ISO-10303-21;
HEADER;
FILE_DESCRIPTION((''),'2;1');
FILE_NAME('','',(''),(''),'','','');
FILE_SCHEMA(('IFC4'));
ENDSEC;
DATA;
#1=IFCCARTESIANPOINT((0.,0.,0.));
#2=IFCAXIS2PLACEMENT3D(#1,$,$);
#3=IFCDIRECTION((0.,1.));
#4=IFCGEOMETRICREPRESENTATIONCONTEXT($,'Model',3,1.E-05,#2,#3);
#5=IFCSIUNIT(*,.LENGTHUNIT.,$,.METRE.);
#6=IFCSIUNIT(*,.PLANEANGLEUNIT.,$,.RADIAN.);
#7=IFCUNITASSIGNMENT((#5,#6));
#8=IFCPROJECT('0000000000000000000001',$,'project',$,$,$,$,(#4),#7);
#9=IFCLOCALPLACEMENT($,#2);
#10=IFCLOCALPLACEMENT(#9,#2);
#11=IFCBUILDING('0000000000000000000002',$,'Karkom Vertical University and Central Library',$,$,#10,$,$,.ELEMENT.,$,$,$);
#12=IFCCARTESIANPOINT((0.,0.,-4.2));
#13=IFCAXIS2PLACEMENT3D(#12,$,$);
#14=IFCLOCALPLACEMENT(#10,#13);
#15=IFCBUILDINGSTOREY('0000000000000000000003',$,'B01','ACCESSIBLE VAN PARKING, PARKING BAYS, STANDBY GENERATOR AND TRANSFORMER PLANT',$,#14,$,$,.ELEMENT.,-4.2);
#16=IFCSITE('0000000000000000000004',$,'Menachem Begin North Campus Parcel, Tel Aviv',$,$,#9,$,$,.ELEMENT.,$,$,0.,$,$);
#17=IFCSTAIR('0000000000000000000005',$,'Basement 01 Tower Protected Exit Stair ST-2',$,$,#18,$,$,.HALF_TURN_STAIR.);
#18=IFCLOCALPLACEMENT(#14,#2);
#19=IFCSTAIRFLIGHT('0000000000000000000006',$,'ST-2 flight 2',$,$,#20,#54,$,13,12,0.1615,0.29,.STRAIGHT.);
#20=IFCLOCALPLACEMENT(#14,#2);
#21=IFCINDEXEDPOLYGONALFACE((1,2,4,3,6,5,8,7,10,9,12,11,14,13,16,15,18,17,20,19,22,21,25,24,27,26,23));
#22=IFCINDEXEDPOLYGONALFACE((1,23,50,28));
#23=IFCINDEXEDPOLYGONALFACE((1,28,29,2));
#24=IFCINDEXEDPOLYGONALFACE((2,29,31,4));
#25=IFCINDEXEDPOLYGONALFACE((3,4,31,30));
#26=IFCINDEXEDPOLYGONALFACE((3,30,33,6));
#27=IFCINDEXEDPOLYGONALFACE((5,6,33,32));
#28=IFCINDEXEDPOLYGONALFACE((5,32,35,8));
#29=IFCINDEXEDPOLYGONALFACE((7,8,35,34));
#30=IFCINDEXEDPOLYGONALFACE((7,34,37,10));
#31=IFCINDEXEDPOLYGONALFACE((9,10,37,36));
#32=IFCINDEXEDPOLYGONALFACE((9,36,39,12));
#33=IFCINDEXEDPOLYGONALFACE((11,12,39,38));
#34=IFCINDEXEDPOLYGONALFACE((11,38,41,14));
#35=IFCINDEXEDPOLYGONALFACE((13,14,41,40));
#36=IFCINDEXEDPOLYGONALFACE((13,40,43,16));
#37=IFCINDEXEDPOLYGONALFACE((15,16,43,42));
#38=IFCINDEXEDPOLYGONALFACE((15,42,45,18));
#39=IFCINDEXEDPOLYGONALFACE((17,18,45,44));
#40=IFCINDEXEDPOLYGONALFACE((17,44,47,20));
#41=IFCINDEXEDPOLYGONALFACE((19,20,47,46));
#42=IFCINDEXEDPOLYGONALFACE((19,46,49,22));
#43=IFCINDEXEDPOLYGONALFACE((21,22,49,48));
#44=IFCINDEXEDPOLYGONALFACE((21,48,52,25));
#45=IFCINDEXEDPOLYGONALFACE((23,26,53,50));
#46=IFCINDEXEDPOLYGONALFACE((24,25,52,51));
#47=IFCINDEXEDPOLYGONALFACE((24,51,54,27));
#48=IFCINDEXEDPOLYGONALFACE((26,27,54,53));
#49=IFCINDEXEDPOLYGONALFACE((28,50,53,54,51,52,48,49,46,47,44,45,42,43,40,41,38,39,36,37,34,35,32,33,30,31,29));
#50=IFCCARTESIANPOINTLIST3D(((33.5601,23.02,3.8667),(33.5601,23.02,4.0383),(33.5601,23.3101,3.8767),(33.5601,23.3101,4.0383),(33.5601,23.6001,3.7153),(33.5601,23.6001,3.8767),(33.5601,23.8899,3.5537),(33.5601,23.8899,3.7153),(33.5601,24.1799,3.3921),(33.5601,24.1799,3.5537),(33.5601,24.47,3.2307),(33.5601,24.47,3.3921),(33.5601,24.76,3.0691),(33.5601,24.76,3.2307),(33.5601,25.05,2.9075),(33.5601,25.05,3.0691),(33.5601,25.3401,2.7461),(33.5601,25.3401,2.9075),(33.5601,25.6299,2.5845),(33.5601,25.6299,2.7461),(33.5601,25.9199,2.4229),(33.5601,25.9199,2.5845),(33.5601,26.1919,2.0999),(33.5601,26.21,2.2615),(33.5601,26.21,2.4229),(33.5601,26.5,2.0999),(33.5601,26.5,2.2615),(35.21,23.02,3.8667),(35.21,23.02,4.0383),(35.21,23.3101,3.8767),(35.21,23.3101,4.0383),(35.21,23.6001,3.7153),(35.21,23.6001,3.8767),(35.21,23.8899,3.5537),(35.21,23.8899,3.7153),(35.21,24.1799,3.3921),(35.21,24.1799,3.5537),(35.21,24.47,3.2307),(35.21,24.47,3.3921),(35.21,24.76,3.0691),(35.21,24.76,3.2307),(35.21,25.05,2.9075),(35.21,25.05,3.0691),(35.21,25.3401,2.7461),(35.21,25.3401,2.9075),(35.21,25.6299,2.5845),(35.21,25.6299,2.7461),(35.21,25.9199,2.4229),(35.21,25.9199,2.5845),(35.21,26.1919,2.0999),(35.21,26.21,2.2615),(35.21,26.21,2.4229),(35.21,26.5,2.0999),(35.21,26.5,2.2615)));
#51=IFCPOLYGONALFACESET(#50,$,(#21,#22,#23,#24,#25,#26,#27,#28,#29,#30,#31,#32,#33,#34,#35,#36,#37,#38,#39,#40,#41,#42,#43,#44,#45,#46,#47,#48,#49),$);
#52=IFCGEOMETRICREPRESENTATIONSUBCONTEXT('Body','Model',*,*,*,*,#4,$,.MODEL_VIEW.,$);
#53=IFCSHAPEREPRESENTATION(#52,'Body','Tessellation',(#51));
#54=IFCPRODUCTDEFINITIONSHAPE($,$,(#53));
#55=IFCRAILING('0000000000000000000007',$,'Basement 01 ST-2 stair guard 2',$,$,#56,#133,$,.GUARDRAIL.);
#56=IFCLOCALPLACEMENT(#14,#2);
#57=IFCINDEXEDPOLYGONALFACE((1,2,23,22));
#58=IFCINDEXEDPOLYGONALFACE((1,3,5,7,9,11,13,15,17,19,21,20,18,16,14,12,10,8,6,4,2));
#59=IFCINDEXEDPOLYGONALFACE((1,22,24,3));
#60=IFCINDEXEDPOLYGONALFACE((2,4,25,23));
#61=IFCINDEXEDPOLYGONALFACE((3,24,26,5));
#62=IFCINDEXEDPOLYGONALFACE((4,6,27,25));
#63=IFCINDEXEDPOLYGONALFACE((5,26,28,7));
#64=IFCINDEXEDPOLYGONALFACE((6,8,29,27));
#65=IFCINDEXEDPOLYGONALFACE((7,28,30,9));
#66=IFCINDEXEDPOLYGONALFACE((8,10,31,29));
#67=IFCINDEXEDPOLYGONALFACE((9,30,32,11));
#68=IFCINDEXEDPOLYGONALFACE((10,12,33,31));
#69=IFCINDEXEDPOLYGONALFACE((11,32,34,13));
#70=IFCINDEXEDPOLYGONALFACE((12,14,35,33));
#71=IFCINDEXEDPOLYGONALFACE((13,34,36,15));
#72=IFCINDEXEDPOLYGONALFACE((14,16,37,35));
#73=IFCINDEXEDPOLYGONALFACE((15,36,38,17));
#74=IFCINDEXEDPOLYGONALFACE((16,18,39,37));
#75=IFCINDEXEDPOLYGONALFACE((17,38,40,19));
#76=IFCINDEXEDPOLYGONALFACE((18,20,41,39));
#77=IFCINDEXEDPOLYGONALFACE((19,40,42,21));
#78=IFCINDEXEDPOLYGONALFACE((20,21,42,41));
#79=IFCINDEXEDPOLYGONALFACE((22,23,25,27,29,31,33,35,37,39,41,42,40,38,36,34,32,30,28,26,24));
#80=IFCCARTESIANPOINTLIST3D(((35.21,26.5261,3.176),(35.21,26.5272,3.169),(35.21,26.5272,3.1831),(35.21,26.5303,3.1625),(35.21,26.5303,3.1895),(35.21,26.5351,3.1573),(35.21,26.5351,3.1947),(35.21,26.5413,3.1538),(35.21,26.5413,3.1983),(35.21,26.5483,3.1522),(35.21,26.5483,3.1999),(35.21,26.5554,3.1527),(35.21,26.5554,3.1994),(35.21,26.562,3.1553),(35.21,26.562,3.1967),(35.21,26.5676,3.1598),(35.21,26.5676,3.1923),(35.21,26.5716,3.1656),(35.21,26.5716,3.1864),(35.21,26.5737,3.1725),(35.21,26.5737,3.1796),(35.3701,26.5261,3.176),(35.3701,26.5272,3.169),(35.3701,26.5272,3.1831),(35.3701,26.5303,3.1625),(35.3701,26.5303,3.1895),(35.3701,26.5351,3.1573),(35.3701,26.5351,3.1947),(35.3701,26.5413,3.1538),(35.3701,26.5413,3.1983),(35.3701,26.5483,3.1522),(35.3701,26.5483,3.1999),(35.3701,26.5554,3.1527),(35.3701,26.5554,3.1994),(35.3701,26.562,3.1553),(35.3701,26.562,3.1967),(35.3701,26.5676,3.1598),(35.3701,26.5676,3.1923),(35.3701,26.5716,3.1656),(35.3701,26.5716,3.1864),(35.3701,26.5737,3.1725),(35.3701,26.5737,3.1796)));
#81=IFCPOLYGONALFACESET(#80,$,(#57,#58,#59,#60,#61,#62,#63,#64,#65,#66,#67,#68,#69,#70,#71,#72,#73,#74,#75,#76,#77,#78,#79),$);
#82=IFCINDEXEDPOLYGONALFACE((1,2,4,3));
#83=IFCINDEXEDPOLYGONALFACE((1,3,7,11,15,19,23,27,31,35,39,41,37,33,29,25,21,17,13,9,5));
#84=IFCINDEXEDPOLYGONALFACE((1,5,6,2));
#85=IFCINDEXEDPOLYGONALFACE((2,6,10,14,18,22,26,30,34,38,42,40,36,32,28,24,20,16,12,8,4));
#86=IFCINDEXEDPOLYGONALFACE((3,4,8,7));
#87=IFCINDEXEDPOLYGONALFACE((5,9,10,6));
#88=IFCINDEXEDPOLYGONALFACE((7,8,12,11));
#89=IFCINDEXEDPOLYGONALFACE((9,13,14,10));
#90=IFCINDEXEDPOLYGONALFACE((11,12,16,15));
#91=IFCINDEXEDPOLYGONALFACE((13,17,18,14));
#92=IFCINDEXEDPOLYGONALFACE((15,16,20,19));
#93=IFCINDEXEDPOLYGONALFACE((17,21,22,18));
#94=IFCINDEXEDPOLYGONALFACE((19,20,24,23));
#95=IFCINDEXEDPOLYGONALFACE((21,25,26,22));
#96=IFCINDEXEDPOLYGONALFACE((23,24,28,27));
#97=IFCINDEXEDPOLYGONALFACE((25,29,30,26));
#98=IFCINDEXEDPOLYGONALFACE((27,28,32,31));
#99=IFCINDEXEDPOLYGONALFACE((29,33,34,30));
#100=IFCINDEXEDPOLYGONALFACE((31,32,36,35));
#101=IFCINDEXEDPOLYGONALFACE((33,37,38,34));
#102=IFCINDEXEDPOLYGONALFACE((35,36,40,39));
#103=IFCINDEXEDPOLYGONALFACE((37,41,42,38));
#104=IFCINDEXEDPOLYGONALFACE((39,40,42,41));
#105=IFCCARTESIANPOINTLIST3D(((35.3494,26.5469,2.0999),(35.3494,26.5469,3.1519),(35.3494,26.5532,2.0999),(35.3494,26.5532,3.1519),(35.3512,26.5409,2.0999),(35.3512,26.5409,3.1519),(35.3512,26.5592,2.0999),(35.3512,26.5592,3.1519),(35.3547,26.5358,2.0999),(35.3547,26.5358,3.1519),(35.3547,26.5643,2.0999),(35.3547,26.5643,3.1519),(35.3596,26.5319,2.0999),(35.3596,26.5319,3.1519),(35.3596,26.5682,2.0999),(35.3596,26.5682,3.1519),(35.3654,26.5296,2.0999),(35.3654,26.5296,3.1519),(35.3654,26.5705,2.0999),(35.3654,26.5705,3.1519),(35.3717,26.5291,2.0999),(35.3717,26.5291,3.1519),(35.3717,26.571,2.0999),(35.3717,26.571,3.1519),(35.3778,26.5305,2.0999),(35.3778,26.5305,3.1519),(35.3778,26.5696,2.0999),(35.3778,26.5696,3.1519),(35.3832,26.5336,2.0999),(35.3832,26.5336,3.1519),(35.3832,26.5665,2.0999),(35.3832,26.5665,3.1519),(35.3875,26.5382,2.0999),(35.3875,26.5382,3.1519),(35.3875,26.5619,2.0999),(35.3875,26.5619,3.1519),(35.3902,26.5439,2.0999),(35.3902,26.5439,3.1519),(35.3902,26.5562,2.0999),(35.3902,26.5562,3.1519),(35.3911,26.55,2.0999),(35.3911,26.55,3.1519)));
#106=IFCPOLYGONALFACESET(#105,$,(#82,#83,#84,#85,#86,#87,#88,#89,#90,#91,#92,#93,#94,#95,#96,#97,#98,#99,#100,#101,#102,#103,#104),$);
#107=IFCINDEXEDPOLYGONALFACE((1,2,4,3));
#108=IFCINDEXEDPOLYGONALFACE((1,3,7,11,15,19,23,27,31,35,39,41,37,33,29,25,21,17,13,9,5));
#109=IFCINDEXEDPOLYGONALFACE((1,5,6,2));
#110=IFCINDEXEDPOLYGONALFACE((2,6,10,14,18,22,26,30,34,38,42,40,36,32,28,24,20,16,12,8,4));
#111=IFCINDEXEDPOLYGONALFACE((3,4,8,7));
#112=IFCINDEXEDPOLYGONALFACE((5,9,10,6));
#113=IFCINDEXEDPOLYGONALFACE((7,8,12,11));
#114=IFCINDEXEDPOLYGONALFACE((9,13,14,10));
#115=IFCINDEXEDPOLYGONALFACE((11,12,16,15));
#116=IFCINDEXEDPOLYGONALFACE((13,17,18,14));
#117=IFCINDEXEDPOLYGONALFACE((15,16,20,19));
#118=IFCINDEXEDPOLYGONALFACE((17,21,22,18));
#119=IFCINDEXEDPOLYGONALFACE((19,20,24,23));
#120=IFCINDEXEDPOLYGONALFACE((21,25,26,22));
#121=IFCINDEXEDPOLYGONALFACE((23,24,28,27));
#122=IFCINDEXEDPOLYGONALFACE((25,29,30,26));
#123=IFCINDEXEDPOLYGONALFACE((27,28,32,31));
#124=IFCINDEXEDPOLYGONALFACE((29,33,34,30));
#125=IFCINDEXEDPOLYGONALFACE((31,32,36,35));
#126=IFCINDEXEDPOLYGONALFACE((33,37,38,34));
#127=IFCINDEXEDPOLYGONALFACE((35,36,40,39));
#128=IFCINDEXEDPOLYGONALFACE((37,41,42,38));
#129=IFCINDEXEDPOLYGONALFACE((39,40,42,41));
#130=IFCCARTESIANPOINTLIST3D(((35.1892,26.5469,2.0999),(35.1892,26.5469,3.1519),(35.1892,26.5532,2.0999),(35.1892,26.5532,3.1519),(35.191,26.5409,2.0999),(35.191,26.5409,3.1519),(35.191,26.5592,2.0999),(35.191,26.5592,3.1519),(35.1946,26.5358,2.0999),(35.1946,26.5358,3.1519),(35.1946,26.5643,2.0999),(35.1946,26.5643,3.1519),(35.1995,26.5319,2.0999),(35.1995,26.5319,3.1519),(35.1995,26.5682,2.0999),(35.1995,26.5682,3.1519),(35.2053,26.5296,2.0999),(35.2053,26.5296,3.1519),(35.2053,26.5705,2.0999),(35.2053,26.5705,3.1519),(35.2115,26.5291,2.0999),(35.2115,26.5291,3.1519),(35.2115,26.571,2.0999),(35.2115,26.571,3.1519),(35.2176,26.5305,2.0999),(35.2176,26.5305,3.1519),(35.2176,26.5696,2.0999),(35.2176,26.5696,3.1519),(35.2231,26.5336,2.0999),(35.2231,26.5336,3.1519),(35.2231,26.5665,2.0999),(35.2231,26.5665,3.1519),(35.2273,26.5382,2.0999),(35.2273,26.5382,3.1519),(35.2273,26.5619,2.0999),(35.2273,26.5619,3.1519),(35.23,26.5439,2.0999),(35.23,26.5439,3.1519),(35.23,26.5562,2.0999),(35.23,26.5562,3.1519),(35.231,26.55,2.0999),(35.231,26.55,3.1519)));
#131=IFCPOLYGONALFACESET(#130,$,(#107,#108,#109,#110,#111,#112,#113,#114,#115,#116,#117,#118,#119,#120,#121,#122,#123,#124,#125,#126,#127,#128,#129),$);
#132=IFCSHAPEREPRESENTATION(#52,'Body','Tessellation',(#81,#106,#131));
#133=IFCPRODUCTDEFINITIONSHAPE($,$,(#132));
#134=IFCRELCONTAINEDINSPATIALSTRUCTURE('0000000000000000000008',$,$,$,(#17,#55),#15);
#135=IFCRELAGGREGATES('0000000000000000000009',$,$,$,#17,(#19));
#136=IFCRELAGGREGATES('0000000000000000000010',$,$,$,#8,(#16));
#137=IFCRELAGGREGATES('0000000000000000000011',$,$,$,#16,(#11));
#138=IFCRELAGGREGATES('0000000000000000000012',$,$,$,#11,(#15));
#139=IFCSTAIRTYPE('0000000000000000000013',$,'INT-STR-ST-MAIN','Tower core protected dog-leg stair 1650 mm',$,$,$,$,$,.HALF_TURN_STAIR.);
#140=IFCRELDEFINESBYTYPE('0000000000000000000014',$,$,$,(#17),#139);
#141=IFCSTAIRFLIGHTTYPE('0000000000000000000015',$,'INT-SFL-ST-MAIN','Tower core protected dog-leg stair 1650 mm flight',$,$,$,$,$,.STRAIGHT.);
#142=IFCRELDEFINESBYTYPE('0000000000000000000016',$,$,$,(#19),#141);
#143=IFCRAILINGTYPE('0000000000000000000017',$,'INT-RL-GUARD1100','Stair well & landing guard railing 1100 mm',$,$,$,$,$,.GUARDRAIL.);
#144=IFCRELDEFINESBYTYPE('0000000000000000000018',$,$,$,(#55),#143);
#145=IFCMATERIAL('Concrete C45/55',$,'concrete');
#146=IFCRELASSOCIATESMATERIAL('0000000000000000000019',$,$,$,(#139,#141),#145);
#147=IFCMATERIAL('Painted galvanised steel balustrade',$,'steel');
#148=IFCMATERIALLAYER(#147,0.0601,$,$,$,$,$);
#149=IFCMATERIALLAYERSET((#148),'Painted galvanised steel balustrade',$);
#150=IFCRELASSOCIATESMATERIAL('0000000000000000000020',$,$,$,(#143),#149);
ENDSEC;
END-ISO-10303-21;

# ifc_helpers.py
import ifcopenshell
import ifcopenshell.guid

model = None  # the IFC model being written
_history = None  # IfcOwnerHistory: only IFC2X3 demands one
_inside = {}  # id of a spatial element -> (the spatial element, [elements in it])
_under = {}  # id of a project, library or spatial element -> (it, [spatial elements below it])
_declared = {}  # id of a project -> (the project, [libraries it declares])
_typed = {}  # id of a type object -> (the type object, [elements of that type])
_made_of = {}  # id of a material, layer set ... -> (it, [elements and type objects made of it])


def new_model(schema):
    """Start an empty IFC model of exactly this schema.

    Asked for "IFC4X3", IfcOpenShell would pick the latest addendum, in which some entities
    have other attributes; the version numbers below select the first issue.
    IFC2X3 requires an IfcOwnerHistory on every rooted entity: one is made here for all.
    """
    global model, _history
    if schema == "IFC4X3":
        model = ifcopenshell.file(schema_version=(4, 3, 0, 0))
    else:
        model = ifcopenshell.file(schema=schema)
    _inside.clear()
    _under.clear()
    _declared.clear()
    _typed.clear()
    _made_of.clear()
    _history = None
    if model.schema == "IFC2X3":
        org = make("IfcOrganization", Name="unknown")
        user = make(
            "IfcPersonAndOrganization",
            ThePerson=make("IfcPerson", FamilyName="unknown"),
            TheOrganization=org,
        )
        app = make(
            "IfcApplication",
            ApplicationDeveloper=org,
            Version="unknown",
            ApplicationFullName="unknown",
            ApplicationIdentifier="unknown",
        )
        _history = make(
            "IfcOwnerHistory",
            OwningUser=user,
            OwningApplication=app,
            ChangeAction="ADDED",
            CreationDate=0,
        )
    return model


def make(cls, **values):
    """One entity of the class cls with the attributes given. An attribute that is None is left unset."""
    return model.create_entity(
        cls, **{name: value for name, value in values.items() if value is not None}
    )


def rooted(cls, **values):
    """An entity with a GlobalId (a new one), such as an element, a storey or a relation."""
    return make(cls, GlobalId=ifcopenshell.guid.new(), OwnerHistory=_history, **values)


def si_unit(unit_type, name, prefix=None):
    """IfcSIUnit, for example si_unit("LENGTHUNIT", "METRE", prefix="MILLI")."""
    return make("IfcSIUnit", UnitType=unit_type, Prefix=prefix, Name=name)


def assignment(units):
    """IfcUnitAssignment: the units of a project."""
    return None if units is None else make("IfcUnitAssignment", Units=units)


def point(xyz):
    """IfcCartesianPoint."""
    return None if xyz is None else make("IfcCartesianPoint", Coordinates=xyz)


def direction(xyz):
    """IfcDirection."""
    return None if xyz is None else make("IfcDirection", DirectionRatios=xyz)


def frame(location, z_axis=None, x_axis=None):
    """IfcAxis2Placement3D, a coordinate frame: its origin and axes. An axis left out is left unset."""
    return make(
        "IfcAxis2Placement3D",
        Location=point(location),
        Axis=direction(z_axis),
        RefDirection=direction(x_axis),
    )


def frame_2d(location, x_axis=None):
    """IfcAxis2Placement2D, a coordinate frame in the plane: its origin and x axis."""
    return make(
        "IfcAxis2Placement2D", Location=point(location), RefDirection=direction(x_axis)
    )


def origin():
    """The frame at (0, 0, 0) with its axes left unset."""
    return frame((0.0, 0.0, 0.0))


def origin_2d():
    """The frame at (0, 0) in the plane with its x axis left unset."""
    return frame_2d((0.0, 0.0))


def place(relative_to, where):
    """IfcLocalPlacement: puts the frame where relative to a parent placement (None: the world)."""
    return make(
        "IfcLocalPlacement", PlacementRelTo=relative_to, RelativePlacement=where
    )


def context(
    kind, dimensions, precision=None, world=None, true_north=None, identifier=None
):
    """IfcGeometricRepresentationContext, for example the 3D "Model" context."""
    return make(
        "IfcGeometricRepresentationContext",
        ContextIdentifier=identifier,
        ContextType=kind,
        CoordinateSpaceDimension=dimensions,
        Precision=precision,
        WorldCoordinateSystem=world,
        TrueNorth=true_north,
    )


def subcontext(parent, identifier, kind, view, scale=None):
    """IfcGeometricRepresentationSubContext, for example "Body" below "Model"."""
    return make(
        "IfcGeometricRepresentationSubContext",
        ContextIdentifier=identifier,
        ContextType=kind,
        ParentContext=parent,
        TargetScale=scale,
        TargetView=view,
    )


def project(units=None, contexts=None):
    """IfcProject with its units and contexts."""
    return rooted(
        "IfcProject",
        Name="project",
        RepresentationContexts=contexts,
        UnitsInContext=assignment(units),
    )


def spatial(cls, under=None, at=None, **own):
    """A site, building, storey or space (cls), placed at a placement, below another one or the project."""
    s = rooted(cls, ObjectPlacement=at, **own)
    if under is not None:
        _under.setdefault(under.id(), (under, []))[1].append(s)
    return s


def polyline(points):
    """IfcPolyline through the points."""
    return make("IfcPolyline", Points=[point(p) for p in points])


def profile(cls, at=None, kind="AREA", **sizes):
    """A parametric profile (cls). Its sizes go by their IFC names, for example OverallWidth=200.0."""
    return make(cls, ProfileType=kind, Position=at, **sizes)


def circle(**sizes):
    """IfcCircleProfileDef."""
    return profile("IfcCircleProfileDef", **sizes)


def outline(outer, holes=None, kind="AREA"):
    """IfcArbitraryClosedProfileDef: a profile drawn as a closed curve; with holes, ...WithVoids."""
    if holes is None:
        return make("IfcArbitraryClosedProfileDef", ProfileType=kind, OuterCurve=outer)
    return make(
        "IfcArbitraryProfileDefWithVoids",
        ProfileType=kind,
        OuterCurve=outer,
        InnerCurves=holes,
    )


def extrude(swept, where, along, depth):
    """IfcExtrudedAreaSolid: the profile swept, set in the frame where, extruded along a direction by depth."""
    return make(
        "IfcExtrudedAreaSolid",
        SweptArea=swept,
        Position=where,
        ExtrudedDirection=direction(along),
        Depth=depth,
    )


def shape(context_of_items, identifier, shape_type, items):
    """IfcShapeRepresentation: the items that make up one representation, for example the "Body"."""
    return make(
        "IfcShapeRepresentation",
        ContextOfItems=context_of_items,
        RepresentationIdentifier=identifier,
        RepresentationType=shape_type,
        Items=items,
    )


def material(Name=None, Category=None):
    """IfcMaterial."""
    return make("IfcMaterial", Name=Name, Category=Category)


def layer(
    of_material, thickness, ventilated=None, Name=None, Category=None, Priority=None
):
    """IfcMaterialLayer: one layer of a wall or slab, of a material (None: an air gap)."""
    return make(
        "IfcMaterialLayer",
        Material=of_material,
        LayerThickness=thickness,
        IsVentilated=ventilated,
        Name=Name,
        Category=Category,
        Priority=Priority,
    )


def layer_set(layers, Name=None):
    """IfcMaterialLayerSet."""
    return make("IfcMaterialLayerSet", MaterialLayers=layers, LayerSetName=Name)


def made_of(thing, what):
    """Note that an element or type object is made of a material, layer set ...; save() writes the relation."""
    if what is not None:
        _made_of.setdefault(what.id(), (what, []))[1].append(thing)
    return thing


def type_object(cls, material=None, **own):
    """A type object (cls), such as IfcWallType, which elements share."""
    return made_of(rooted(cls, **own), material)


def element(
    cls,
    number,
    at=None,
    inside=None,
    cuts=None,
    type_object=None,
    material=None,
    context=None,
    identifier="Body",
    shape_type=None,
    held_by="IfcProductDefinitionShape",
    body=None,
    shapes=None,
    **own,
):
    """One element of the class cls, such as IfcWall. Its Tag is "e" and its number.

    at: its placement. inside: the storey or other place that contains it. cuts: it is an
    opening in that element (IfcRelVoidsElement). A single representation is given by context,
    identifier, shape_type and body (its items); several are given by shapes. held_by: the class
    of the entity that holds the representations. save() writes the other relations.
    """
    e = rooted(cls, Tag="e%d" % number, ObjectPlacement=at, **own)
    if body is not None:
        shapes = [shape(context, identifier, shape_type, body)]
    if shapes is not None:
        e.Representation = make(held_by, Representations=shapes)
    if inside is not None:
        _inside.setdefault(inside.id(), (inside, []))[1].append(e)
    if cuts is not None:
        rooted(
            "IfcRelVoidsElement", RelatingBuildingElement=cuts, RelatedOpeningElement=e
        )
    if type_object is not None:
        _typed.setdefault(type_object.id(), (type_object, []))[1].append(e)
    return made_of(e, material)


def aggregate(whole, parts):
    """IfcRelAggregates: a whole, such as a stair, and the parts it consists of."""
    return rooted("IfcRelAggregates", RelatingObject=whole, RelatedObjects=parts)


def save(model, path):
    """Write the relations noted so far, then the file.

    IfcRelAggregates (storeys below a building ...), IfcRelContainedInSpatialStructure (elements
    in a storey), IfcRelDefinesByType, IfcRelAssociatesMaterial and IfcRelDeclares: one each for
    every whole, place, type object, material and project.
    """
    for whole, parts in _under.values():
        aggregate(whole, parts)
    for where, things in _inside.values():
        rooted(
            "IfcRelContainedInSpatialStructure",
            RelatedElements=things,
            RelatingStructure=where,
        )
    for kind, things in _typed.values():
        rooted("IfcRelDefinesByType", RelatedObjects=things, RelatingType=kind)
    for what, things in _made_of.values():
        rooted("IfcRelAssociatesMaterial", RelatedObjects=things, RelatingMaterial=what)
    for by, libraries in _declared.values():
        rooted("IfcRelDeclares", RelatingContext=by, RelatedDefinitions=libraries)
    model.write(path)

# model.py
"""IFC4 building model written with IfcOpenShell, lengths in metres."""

from ifc_helpers import new_model, si_unit, direction, frame, origin, origin_2d, place, context, subcontext, project, spatial, polyline, circle, outline, extrude, material, layer, layer_set, type_object, element, aggregate, save


model = new_model("IFC4")

# Units and contexts
model_context = context("Model", 3, precision=1e-05, world=origin(), true_north=direction((0.0, 1.0)))
body_context = subcontext(model_context, "Body", "Model", "MODEL_VIEW")
ifc_project = project(units=[si_unit("LENGTHUNIT", "METRE"), si_unit("PLANEANGLEUNIT", "RADIAN")], contexts=[model_context])

# Site, building, storey
site_placement = place(None, origin())
site = spatial("IfcSite", under=ifc_project, at=site_placement, Name="Menachem Begin North Campus Parcel, Tel Aviv", CompositionType="ELEMENT", RefElevation=0.0)
building_placement = place(site_placement, origin())
building = spatial("IfcBuilding", under=site, at=building_placement, Name="Karkom Vertical University and Central Library", CompositionType="ELEMENT")
storey_placement = place(building_placement, frame((0.0, 0.0, -4.2)))
storey = spatial("IfcBuildingStorey", under=building, at=storey_placement, Name="B01", Description="ACCESSIBLE VAN PARKING, PARKING BAYS, STANDBY GENERATOR AND TRANSFORMER PLANT", CompositionType="ELEMENT", Elevation=-4.2)

# Shared definitions
ifc_material_1 = material(Name="Concrete C45/55", Category="concrete")

# Stair, stair flight
stair_type = type_object("IfcStairType", Name="INT-STR-ST-MAIN", Description="Tower core protected dog-leg stair 1650 mm", PredefinedType="HALF_TURN_STAIR", material=ifc_material_1)
stair_placement = place(storey_placement, origin())
stair = element("IfcStair", 1, at=stair_placement, inside=storey, type_object=stair_type, Name="Basement 01 Tower Protected Exit Stair ST-2", PredefinedType="HALF_TURN_STAIR")
stair_flight_type = type_object("IfcStairFlightType", Name="INT-SFL-ST-MAIN", Description="Tower core protected dog-leg stair 1650 mm flight", PredefinedType="STRAIGHT", material=ifc_material_1)
stair_flight_1_placement = place(storey_placement, frame((34.385, 26.5, 2.0999), z_axis=(0.0, 0.0, 1.0), x_axis=(0.0, -1.0, 0.0)))
stair_flight_1 = element("IfcStairFlight", 2, at=stair_flight_1_placement, type_object=stair_flight_type, Name="ST-2 flight 2", NumberOfRisers=13, NumberOfTreads=12, PredefinedType="STRAIGHT", RiserHeight=0.1615, TreadLength=0.29, context=body_context, shape_type="SweptSolid", body=[
    extrude(outline(polyline([(0.0, 0.0), (0.0, 0.1616), (0.29, 0.1616), (0.29, 0.323), (0.5801, 0.323), (0.5801, 0.4846), (0.8701, 0.4846), (0.8701, 0.6462), (1.1599, 0.6462), (1.1599, 0.8076), (1.45, 0.8076), (1.45, 0.9692), (1.74, 0.9692), (1.74, 1.1309), (2.03, 1.1309), (2.03, 1.2922), (2.3201, 1.2922), (2.3201, 1.4539), (2.6101, 1.4539), (2.6101, 1.6155), (2.8999, 1.6155), (2.8999, 1.7769), (3.1899, 1.7769), (3.1899, 1.9385), (3.48, 1.9385), (3.48, 2.1001), (3.48, 1.7668), (0.3081, 0.0), (0.0, 0.0)])), frame((0.0, 0.825, 0.0), z_axis=(0.0, -1.0, 0.0), x_axis=(1.0, 0.0, 0.0)), (0.0, 0.0, 1.0), 1.6499),
])
aggregate(stair, [stair_flight_1])

# Railing
ifc_material_2 = material(Name="Painted galvanised steel balustrade", Category="steel")
ifc_layer_1 = layer(ifc_material_2, 0.0601)
ifc_layer_set_1 = layer_set([ifc_layer_1], Name="Painted galvanised steel balustrade")
railing_type_1 = type_object("IfcRailingType", Name="INT-RL-GUARD1100", Description="Stair well & landing guard railing 1100 mm", PredefinedType="GUARDRAIL", material=ifc_layer_set_1)
railing_1_placement = place(storey_placement, frame((35.3701, 26.55, 2.0999)))
element("IfcRailing", 3, at=railing_1_placement, inside=storey, type_object=railing_type_1, Name="Basement 01 ST-2 stair guard 2", PredefinedType="GUARDRAIL", context=body_context, shape_type="SweptSolid", body=[
    extrude(circle(Radius=0.0239, at=origin_2d()), frame((0.0, 0.0, 1.0762), z_axis=(-1.0, 0.0, 0.0), x_axis=(0.0, -1.0, 0.0)), (0.0, 0.0, 1.0), 0.1602),
    extrude(circle(Radius=0.021, at=origin_2d()), origin(), (0.0, 0.0, 1.0), 1.052),
    extrude(circle(Radius=0.021, at=origin_2d()), frame((-0.1602, 0.0, 0.0)), (0.0, 0.0, 1.0), 1.052),
])

save(model, "model.ifc")
